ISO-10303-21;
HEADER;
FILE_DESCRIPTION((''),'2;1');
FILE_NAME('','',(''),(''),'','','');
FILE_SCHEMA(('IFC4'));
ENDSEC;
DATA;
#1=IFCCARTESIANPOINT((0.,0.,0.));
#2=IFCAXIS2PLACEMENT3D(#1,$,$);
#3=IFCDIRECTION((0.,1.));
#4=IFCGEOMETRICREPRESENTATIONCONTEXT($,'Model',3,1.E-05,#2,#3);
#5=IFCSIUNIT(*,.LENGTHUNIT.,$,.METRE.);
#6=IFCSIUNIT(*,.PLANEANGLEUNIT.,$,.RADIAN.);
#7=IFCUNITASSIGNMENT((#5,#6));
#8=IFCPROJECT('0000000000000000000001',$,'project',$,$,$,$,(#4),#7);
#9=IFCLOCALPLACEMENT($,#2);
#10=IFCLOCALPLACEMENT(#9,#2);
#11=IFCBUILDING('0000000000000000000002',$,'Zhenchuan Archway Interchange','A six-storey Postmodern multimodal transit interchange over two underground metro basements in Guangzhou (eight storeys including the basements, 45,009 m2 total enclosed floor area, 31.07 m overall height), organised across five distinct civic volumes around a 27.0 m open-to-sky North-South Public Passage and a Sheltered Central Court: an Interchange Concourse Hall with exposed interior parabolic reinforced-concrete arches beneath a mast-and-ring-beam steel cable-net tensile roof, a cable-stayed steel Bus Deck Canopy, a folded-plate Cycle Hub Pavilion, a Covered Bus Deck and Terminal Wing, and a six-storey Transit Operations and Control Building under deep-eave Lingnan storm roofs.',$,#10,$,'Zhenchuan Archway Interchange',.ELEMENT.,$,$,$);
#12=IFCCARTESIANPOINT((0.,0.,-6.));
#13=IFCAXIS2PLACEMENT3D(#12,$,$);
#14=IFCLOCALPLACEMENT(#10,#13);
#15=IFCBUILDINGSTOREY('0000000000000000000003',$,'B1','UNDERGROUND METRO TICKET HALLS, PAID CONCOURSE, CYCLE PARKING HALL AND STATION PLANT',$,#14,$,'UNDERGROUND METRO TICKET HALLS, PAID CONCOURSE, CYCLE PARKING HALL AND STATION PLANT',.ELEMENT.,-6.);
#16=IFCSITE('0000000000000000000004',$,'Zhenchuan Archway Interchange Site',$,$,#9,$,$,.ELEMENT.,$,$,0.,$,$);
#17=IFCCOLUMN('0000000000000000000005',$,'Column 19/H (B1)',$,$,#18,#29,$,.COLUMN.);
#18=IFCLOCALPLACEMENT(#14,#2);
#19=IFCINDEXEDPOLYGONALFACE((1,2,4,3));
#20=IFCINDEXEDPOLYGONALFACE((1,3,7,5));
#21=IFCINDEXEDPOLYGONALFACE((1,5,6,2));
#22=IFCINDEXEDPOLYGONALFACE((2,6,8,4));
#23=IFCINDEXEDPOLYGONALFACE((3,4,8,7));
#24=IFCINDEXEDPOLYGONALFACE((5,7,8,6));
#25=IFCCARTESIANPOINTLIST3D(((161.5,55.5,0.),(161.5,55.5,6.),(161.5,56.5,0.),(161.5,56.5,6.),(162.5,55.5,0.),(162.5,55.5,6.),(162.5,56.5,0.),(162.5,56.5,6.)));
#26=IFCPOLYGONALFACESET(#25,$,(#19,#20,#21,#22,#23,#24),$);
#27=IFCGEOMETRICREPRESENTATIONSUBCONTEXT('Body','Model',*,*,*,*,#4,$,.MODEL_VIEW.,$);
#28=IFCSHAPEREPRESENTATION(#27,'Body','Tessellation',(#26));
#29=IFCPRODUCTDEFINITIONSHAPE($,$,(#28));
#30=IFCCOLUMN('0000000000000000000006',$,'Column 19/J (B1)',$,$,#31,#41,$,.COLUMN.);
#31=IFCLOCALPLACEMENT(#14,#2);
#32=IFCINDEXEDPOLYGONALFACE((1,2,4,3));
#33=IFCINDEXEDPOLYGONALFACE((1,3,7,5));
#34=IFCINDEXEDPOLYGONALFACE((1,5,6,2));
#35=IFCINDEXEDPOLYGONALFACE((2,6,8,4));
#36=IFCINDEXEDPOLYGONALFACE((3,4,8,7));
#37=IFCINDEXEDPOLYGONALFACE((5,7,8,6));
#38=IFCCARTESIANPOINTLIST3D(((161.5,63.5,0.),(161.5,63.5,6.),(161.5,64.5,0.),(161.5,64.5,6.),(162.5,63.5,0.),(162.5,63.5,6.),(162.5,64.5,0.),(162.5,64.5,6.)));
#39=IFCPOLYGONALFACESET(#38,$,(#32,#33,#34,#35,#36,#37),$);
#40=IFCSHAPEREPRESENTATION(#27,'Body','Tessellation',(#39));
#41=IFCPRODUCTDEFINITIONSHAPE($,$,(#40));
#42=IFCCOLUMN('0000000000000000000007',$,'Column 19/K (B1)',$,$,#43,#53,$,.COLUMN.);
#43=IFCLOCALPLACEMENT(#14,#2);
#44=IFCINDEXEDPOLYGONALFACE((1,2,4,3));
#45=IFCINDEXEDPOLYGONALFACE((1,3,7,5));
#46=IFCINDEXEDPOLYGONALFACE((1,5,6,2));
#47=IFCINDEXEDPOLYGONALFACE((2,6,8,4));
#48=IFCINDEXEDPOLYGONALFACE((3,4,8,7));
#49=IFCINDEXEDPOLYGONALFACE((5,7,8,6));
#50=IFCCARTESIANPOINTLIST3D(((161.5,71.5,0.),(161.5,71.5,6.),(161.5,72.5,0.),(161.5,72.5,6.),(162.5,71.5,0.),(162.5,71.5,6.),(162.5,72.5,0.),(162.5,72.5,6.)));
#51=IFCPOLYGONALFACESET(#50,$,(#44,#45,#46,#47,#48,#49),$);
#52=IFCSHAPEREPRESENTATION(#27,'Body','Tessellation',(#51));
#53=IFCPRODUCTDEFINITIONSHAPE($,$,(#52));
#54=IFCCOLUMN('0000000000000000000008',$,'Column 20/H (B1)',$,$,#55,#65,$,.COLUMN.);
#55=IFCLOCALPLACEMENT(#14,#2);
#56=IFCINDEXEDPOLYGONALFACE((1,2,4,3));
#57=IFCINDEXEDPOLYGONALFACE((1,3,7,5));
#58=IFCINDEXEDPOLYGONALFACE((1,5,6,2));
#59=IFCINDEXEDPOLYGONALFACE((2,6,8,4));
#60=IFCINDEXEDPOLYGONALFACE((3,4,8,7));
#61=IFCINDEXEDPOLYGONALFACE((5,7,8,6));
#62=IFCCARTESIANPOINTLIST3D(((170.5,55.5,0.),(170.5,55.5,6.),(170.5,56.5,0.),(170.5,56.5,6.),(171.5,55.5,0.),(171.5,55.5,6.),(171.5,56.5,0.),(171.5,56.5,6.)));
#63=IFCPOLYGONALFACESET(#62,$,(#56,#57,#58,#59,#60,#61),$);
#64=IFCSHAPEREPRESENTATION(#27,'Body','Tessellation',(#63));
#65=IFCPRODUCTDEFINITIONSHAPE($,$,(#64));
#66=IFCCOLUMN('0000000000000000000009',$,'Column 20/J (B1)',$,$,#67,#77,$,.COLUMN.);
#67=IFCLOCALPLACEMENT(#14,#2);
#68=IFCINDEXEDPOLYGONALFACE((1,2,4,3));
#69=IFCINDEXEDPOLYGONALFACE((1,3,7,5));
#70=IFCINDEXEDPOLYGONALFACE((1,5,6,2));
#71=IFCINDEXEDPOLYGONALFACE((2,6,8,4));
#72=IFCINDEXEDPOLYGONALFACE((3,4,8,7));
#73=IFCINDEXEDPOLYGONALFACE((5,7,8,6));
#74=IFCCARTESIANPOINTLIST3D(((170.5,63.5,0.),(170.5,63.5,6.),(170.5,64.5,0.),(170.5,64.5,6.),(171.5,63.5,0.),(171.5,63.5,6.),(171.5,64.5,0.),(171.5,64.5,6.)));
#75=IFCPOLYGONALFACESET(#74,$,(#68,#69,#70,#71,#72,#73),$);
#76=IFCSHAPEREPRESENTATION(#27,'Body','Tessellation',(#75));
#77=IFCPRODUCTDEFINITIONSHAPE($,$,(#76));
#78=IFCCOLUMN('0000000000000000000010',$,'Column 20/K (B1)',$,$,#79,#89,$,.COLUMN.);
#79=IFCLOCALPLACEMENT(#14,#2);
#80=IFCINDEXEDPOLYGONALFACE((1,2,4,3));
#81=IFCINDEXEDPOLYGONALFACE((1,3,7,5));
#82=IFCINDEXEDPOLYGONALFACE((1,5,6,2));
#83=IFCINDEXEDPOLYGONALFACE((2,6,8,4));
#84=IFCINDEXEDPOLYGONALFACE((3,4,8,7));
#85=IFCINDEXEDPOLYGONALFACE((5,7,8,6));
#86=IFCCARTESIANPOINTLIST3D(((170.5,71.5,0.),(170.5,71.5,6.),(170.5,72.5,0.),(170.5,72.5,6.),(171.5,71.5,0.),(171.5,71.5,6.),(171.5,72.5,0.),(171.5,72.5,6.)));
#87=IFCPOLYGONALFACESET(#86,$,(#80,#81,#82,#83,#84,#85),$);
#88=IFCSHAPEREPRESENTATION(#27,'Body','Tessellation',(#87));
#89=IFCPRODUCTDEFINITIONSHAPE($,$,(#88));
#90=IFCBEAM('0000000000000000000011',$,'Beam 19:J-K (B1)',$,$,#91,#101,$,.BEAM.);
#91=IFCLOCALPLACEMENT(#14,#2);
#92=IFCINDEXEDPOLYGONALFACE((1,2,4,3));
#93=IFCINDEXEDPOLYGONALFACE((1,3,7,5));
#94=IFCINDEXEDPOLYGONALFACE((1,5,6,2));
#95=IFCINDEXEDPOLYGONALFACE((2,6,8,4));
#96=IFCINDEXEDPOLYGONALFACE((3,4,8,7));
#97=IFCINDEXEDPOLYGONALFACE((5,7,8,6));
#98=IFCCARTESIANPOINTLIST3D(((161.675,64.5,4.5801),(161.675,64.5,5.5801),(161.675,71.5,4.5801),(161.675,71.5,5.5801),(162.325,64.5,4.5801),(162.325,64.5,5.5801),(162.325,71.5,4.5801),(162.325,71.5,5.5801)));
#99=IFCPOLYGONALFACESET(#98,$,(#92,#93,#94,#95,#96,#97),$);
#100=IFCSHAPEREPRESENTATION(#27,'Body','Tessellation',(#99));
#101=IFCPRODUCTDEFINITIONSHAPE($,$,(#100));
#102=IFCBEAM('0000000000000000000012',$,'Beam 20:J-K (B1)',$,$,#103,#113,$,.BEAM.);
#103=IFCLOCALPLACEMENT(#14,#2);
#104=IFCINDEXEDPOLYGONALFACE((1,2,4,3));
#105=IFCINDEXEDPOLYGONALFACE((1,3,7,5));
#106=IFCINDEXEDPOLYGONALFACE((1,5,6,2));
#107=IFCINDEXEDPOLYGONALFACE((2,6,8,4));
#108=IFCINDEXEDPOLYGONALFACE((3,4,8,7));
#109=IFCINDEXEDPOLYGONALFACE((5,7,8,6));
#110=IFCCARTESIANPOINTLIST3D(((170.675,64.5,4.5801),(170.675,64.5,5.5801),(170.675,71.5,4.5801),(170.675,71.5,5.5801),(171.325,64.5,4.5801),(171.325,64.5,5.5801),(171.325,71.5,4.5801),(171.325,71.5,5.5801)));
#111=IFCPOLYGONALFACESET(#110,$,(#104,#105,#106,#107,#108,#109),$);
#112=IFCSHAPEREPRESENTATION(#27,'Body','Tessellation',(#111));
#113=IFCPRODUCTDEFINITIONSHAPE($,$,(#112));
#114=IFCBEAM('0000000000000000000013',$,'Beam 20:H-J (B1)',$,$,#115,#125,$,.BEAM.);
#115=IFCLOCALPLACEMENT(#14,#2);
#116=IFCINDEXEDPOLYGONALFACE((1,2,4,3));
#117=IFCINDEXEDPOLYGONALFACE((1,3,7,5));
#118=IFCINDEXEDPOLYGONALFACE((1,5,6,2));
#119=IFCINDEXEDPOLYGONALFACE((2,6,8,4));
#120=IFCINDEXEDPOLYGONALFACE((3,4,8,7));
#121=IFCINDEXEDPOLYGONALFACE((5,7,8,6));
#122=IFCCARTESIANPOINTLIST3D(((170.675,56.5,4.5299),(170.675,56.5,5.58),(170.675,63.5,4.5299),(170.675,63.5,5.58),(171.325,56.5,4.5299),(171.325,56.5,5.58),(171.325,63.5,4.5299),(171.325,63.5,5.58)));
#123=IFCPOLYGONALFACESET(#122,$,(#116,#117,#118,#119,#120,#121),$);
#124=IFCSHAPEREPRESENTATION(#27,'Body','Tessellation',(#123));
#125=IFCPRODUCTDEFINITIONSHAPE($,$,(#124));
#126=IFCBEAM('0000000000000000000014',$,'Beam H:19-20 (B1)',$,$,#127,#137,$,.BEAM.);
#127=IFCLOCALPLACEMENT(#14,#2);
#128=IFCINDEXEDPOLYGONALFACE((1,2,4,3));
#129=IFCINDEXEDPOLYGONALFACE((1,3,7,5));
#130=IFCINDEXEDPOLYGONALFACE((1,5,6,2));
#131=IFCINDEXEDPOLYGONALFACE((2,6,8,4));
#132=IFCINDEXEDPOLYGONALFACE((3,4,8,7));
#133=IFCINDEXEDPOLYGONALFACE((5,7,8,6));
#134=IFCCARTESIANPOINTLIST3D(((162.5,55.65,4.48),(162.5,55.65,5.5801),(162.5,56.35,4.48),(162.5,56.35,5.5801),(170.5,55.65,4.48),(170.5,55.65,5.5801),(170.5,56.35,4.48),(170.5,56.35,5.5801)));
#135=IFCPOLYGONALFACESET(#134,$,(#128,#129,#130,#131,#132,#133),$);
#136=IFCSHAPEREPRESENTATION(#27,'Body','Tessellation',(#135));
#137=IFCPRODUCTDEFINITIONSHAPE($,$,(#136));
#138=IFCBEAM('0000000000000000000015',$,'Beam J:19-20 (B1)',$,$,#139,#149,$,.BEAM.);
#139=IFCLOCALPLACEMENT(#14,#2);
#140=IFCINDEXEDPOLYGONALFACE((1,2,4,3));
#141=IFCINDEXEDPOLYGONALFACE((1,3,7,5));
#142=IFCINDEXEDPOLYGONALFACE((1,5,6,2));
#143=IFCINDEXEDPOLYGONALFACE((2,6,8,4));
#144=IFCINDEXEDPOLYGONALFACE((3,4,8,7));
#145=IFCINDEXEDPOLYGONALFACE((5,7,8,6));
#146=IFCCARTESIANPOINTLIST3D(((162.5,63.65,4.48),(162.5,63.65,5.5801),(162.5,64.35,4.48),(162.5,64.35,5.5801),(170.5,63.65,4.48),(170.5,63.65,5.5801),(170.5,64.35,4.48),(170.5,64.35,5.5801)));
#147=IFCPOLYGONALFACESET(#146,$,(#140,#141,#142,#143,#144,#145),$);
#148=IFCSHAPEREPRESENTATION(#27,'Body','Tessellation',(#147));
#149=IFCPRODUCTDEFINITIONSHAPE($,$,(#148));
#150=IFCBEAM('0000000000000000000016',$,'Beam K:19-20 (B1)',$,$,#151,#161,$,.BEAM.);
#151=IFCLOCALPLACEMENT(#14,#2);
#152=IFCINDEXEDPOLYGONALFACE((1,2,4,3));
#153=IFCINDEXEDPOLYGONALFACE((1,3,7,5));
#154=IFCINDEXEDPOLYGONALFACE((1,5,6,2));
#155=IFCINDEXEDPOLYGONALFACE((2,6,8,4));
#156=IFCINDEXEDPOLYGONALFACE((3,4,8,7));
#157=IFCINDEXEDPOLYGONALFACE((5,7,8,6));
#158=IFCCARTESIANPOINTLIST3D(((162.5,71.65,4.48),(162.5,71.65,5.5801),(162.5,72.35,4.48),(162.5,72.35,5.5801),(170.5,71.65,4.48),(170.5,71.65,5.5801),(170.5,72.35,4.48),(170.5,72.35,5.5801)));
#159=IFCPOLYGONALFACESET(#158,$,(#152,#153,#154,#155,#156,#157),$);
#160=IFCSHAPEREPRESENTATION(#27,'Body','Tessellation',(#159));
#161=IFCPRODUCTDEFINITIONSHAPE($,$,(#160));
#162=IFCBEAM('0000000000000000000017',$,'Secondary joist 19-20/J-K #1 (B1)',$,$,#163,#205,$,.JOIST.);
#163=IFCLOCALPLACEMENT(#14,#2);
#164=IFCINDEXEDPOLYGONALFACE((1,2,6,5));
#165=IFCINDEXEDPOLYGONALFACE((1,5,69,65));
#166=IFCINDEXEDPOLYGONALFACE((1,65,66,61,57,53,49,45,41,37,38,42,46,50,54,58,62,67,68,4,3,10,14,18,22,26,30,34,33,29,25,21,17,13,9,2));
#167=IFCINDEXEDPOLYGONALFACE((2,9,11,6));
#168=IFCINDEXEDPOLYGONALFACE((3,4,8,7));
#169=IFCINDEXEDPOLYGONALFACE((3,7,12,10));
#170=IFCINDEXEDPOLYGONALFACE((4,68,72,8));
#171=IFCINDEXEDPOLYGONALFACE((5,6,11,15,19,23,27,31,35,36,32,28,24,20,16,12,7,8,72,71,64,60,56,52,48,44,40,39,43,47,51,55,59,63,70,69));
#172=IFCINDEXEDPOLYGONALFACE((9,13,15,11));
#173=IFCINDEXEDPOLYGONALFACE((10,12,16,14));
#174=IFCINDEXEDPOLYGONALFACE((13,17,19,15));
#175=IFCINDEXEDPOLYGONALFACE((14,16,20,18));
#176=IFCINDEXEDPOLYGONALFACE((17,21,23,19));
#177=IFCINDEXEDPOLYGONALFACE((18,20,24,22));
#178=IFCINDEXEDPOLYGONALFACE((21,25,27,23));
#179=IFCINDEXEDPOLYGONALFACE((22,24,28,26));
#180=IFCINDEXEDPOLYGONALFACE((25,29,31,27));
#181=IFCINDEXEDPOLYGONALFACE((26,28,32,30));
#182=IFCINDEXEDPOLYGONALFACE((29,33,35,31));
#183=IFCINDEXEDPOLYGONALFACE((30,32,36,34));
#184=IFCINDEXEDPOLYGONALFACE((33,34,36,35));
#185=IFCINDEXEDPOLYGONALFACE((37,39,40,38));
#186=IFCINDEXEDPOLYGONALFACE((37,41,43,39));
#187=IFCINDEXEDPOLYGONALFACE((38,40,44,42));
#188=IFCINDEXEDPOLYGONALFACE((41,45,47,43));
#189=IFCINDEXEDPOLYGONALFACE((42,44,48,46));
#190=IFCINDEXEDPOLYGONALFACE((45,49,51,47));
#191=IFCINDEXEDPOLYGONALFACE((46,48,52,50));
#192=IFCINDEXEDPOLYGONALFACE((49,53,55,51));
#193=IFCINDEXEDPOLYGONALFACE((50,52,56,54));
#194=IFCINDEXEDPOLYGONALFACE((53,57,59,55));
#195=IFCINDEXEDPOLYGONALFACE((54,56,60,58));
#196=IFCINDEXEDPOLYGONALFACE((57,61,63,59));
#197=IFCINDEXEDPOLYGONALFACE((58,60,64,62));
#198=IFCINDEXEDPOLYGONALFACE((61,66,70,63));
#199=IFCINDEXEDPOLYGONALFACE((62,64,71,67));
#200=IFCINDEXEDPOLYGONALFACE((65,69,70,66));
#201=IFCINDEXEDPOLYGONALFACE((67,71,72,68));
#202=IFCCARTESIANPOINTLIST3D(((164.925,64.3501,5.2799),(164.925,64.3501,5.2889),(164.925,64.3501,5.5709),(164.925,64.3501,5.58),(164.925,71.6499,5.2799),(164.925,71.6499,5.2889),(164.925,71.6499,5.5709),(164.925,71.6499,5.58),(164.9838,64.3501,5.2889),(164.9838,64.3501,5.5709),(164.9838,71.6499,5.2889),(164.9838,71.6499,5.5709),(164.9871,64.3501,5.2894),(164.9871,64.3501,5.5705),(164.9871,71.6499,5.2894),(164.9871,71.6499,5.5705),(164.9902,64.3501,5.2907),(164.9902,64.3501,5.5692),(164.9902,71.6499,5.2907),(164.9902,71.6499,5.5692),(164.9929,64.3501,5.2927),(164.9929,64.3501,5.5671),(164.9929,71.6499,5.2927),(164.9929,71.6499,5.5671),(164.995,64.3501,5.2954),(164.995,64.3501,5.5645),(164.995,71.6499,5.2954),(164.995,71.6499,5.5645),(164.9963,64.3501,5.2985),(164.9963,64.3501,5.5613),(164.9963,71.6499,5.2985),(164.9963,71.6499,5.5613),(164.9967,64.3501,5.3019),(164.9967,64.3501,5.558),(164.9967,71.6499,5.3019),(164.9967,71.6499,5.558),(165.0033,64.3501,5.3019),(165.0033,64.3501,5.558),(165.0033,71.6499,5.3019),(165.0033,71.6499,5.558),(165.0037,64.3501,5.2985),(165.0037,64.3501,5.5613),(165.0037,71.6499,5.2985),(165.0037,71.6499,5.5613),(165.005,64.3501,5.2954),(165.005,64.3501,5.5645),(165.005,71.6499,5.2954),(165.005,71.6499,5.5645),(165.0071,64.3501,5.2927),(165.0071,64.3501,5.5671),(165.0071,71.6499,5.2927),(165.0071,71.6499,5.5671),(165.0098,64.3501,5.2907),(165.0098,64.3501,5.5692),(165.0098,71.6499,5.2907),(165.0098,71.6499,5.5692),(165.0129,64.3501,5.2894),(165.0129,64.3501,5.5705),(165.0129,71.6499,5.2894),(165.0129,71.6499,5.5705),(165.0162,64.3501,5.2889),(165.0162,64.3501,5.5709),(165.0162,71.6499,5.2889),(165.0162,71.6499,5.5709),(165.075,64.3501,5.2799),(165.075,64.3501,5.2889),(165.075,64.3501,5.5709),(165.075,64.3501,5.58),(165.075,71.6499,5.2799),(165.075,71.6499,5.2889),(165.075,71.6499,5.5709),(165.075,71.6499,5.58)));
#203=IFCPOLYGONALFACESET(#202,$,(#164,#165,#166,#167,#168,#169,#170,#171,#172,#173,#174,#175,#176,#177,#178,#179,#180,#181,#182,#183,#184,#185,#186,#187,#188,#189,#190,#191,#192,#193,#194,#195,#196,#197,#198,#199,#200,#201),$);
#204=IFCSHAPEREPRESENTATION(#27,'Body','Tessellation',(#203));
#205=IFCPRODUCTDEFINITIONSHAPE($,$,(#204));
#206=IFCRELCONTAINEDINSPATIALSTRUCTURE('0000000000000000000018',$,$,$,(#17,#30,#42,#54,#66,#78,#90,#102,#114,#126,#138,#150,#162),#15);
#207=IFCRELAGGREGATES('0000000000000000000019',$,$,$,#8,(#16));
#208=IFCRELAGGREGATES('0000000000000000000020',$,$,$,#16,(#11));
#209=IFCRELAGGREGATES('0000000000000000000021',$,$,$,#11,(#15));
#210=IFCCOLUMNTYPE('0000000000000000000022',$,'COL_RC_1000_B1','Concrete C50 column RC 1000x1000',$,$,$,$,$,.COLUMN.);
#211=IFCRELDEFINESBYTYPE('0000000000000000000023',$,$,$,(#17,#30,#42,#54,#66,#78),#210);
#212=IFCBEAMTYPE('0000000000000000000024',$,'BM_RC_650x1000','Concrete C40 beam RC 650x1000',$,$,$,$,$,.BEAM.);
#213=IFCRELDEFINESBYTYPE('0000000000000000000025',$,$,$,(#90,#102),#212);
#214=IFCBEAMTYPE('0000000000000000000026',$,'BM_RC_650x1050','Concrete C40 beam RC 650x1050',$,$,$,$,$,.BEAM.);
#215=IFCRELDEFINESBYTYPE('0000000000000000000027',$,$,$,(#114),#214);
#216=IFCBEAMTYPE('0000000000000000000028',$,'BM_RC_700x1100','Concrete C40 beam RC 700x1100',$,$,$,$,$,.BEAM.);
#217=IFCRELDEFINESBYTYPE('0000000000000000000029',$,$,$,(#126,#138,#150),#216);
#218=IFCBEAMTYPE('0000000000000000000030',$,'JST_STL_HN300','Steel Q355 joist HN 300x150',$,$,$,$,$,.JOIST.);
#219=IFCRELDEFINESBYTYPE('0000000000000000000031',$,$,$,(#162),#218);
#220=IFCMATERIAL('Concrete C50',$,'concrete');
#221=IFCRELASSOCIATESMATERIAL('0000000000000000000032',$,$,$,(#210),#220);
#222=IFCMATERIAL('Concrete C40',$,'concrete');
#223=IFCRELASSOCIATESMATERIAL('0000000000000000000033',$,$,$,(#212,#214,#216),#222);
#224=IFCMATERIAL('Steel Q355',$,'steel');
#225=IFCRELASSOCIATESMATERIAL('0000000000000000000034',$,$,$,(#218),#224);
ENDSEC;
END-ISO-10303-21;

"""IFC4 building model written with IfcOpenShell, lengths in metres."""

from ifc_helpers import new_model, si_unit, direction, frame, origin, origin_2d, place, context, subcontext, project, spatial, rectangle, i_section, extrude, material, material_profile, profile_set, type_object, element, save


model = new_model("IFC4")

# Units and contexts
model_context = context("Model", 3, precision=1e-05, world=origin(), true_north=direction((0.0, 1.0)))
body_context = subcontext(model_context, "Body", "Model", "MODEL_VIEW")
ifc_project = project(units=[si_unit("LENGTHUNIT", "METRE"), si_unit("PLANEANGLEUNIT", "RADIAN")], contexts=[model_context])

# Site, building, storey
site_placement = place(None, origin())
site = spatial("IfcSite", under=ifc_project, at=site_placement, Name="Zhenchuan Archway Interchange Site", CompositionType="ELEMENT", RefElevation=0.0)
building_placement = place(site_placement, origin())
building = spatial("IfcBuilding", under=site, at=building_placement, Name="Zhenchuan Archway Interchange", Description="A six-storey Postmodern multimodal transit interchange over two underground metro basements in Guangzhou (eight storeys including the basements, 45,009 m2 total enclosed floor area, 31.07 m overall height), organised across five distinct civic volumes around a 27.0 m open-to-sky North-South Public Passage and a Sheltered Central Court: an Interchange Concourse Hall with exposed interior parabolic reinforced-concrete arches beneath a mast-and-ring-beam steel cable-net tensile roof, a cable-stayed steel Bus Deck Canopy, a folded-plate Cycle Hub Pavilion, a Covered Bus Deck and Terminal Wing, and a six-storey Transit Operations and Control Building under deep-eave Lingnan storm roofs.", LongName="Zhenchuan Archway Interchange", CompositionType="ELEMENT")
storey_placement = place(building_placement, frame((0.0, 0.0, -6.0)))
storey = spatial("IfcBuildingStorey", under=building, at=storey_placement, Name="B1", Description="UNDERGROUND METRO TICKET HALLS, PAID CONCOURSE, CYCLE PARKING HALL AND STATION PLANT", LongName="UNDERGROUND METRO TICKET HALLS, PAID CONCOURSE, CYCLE PARKING HALL AND STATION PLANT", CompositionType="ELEMENT", Elevation=-6.0)

# Columns
ifc_material_1 = material(Name="Concrete C50", Category="concrete")
ifc_material_profile_1 = material_profile(ifc_material_1, rectangle(XDim=1.0, YDim=1.0, at=origin_2d()), Name="RC 1000x1000")
ifc_profile_set_1 = profile_set([ifc_material_profile_1], Name="Concrete C50")
column_type = type_object("IfcColumnType", Name="COL_RC_1000_B1", Description="Concrete C50 column RC 1000x1000", PredefinedType="COLUMN", material=ifc_profile_set_1)
for number, where, z_axis, x_axis, name in (
    (1, (162.0, 56.0, 0.0), (0.0, 0.0, 1.0), (1.0, 0.0, 0.0), "Column 19/H (B1)"),
    (2, (162.0, 64.0, 0.0), (0.0, 0.0, 1.0), (1.0, 0.0, 0.0), "Column 19/J (B1)"),
    (3, (162.0, 72.0, 0.0), (0.0, 0.0, 1.0), (1.0, 0.0, 0.0), "Column 19/K (B1)"),
    (4, (171.0, 56.0, 0.0), (0.0, 0.0, 1.0), (1.0, 0.0, 0.0), "Column 20/H (B1)"),
    (5, (171.0, 64.0, 0.0), (0.0, 0.0, 1.0), (1.0, 0.0, 0.0), "Column 20/J (B1)"),
    (6, (171.0, 72.0, 0.0), (0.0, 0.0, 1.0), (1.0, 0.0, 0.0), "Column 20/K (B1)"),
):
    element("IfcColumn", number, at=place(storey_placement, frame(where, z_axis=z_axis, x_axis=x_axis)), inside=storey, type_object=column_type, Name=name, PredefinedType="COLUMN", context=body_context, shape_type="SweptSolid", body=[
        extrude(rectangle(XDim=1.0, YDim=1.0, at=origin_2d()), origin(), (0.0, 0.0, 1.0), 6.0),
    ])

# Beams
ifc_material_2 = material(Name="Concrete C40", Category="concrete")
ifc_material_profile_2 = material_profile(ifc_material_2, rectangle(XDim=0.6499, YDim=1.0, at=origin_2d()), Name="RC 650x1000")
ifc_profile_set_2 = profile_set([ifc_material_profile_2], Name="Concrete C40")
beam_type_1 = type_object("IfcBeamType", Name="BM_RC_650x1000", Description="Concrete C40 beam RC 650x1000", PredefinedType="BEAM", material=ifc_profile_set_2)
for number, where, z_axis, x_axis, name in (
    (7, (162.0, 64.5, 5.0801), (0.0, 1.0, 0.0), (-1.0, 0.0, 0.0), "Beam 19:J-K (B1)"),
    (8, (171.0, 64.5, 5.0801), (0.0, 1.0, 0.0), (-1.0, 0.0, 0.0), "Beam 20:J-K (B1)"),
):
    element("IfcBeam", number, at=place(storey_placement, frame(where, z_axis=z_axis, x_axis=x_axis)), inside=storey, type_object=beam_type_1, Name=name, PredefinedType="BEAM", context=body_context, shape_type="SweptSolid", body=[
        extrude(rectangle(XDim=0.6499, YDim=1.0, at=origin_2d()), origin(), (0.0, 0.0, 1.0), 7.0),
    ])
ifc_material_profile_3 = material_profile(ifc_material_2, rectangle(XDim=0.6499, YDim=1.05, at=origin_2d()), Name="RC 650x1050")
ifc_profile_set_3 = profile_set([ifc_material_profile_3], Name="Concrete C40")
beam_type_2 = type_object("IfcBeamType", Name="BM_RC_650x1050", Description="Concrete C40 beam RC 650x1050", PredefinedType="BEAM", material=ifc_profile_set_3)
beam_placement = place(storey_placement, frame((171.0, 56.5, 5.0549), z_axis=(0.0, 1.0, 0.0), x_axis=(-1.0, 0.0, 0.0)))
element("IfcBeam", 9, at=beam_placement, inside=storey, type_object=beam_type_2, Name="Beam 20:H-J (B1)", PredefinedType="BEAM", context=body_context, shape_type="SweptSolid", body=[
    extrude(rectangle(XDim=0.6499, YDim=1.05, at=origin_2d()), origin(), (0.0, 0.0, 1.0), 7.0),
])
ifc_material_profile_4 = material_profile(ifc_material_2, rectangle(XDim=0.7, YDim=1.1001, at=origin_2d()), Name="RC 700x1100")
ifc_profile_set_4 = profile_set([ifc_material_profile_4], Name="Concrete C40")
beam_type_3 = type_object("IfcBeamType", Name="BM_RC_700x1100", Description="Concrete C40 beam RC 700x1100", PredefinedType="BEAM", material=ifc_profile_set_4)
for number, where, z_axis, x_axis, name in (
    (10, (162.5, 56.0, 5.03), (1.0, 0.0, 0.0), (0.0, 1.0, 0.0), "Beam H:19-20 (B1)"),
    (11, (162.5, 64.0, 5.03), (1.0, 0.0, 0.0), (0.0, 1.0, 0.0), "Beam J:19-20 (B1)"),
    (12, (162.5, 72.0, 5.03), (1.0, 0.0, 0.0), (0.0, 1.0, 0.0), "Beam K:19-20 (B1)"),
):
    element("IfcBeam", number, at=place(storey_placement, frame(where, z_axis=z_axis, x_axis=x_axis)), inside=storey, type_object=beam_type_3, Name=name, PredefinedType="BEAM", context=body_context, shape_type="SweptSolid", body=[
        extrude(rectangle(XDim=0.7, YDim=1.1001, at=origin_2d()), origin(), (0.0, 0.0, 1.0), 8.0),
    ])
ifc_material_3 = material(Name="Steel Q355", Category="steel")
ifc_material_profile_5 = material_profile(ifc_material_3, i_section(OverallWidth=0.1499, OverallDepth=0.3, WebThickness=0.0066, FlangeThickness=0.009, FilletRadius=0.0129, at=origin_2d()), Name="HN 300x150")
ifc_profile_set_5 = profile_set([ifc_material_profile_5], Name="Steel Q355")
beam_type_4 = type_object("IfcBeamType", Name="JST_STL_HN300", Description="Steel Q355 joist HN 300x150", PredefinedType="JOIST", material=ifc_profile_set_5)
for number, where, z_axis, x_axis, name in (
    (13, (165.0, 64.3501, 5.4299), (0.0, 1.0, 0.0), (-1.0, 0.0, 0.0), "Secondary joist 19-20/J-K #1 (B1)"),
):
    element("IfcBeam", number, at=place(storey_placement, frame(where, z_axis=z_axis, x_axis=x_axis)), inside=storey, type_object=beam_type_4, Name=name, PredefinedType="JOIST", context=body_context, shape_type="SweptSolid", body=[
        extrude(i_section(OverallWidth=0.1499, OverallDepth=0.3, WebThickness=0.0066, FlangeThickness=0.009, FilletRadius=0.0129, at=origin_2d()), origin(), (0.0, 0.0, 1.0), 7.2998),
    ])

save(model, "model.ifc")
